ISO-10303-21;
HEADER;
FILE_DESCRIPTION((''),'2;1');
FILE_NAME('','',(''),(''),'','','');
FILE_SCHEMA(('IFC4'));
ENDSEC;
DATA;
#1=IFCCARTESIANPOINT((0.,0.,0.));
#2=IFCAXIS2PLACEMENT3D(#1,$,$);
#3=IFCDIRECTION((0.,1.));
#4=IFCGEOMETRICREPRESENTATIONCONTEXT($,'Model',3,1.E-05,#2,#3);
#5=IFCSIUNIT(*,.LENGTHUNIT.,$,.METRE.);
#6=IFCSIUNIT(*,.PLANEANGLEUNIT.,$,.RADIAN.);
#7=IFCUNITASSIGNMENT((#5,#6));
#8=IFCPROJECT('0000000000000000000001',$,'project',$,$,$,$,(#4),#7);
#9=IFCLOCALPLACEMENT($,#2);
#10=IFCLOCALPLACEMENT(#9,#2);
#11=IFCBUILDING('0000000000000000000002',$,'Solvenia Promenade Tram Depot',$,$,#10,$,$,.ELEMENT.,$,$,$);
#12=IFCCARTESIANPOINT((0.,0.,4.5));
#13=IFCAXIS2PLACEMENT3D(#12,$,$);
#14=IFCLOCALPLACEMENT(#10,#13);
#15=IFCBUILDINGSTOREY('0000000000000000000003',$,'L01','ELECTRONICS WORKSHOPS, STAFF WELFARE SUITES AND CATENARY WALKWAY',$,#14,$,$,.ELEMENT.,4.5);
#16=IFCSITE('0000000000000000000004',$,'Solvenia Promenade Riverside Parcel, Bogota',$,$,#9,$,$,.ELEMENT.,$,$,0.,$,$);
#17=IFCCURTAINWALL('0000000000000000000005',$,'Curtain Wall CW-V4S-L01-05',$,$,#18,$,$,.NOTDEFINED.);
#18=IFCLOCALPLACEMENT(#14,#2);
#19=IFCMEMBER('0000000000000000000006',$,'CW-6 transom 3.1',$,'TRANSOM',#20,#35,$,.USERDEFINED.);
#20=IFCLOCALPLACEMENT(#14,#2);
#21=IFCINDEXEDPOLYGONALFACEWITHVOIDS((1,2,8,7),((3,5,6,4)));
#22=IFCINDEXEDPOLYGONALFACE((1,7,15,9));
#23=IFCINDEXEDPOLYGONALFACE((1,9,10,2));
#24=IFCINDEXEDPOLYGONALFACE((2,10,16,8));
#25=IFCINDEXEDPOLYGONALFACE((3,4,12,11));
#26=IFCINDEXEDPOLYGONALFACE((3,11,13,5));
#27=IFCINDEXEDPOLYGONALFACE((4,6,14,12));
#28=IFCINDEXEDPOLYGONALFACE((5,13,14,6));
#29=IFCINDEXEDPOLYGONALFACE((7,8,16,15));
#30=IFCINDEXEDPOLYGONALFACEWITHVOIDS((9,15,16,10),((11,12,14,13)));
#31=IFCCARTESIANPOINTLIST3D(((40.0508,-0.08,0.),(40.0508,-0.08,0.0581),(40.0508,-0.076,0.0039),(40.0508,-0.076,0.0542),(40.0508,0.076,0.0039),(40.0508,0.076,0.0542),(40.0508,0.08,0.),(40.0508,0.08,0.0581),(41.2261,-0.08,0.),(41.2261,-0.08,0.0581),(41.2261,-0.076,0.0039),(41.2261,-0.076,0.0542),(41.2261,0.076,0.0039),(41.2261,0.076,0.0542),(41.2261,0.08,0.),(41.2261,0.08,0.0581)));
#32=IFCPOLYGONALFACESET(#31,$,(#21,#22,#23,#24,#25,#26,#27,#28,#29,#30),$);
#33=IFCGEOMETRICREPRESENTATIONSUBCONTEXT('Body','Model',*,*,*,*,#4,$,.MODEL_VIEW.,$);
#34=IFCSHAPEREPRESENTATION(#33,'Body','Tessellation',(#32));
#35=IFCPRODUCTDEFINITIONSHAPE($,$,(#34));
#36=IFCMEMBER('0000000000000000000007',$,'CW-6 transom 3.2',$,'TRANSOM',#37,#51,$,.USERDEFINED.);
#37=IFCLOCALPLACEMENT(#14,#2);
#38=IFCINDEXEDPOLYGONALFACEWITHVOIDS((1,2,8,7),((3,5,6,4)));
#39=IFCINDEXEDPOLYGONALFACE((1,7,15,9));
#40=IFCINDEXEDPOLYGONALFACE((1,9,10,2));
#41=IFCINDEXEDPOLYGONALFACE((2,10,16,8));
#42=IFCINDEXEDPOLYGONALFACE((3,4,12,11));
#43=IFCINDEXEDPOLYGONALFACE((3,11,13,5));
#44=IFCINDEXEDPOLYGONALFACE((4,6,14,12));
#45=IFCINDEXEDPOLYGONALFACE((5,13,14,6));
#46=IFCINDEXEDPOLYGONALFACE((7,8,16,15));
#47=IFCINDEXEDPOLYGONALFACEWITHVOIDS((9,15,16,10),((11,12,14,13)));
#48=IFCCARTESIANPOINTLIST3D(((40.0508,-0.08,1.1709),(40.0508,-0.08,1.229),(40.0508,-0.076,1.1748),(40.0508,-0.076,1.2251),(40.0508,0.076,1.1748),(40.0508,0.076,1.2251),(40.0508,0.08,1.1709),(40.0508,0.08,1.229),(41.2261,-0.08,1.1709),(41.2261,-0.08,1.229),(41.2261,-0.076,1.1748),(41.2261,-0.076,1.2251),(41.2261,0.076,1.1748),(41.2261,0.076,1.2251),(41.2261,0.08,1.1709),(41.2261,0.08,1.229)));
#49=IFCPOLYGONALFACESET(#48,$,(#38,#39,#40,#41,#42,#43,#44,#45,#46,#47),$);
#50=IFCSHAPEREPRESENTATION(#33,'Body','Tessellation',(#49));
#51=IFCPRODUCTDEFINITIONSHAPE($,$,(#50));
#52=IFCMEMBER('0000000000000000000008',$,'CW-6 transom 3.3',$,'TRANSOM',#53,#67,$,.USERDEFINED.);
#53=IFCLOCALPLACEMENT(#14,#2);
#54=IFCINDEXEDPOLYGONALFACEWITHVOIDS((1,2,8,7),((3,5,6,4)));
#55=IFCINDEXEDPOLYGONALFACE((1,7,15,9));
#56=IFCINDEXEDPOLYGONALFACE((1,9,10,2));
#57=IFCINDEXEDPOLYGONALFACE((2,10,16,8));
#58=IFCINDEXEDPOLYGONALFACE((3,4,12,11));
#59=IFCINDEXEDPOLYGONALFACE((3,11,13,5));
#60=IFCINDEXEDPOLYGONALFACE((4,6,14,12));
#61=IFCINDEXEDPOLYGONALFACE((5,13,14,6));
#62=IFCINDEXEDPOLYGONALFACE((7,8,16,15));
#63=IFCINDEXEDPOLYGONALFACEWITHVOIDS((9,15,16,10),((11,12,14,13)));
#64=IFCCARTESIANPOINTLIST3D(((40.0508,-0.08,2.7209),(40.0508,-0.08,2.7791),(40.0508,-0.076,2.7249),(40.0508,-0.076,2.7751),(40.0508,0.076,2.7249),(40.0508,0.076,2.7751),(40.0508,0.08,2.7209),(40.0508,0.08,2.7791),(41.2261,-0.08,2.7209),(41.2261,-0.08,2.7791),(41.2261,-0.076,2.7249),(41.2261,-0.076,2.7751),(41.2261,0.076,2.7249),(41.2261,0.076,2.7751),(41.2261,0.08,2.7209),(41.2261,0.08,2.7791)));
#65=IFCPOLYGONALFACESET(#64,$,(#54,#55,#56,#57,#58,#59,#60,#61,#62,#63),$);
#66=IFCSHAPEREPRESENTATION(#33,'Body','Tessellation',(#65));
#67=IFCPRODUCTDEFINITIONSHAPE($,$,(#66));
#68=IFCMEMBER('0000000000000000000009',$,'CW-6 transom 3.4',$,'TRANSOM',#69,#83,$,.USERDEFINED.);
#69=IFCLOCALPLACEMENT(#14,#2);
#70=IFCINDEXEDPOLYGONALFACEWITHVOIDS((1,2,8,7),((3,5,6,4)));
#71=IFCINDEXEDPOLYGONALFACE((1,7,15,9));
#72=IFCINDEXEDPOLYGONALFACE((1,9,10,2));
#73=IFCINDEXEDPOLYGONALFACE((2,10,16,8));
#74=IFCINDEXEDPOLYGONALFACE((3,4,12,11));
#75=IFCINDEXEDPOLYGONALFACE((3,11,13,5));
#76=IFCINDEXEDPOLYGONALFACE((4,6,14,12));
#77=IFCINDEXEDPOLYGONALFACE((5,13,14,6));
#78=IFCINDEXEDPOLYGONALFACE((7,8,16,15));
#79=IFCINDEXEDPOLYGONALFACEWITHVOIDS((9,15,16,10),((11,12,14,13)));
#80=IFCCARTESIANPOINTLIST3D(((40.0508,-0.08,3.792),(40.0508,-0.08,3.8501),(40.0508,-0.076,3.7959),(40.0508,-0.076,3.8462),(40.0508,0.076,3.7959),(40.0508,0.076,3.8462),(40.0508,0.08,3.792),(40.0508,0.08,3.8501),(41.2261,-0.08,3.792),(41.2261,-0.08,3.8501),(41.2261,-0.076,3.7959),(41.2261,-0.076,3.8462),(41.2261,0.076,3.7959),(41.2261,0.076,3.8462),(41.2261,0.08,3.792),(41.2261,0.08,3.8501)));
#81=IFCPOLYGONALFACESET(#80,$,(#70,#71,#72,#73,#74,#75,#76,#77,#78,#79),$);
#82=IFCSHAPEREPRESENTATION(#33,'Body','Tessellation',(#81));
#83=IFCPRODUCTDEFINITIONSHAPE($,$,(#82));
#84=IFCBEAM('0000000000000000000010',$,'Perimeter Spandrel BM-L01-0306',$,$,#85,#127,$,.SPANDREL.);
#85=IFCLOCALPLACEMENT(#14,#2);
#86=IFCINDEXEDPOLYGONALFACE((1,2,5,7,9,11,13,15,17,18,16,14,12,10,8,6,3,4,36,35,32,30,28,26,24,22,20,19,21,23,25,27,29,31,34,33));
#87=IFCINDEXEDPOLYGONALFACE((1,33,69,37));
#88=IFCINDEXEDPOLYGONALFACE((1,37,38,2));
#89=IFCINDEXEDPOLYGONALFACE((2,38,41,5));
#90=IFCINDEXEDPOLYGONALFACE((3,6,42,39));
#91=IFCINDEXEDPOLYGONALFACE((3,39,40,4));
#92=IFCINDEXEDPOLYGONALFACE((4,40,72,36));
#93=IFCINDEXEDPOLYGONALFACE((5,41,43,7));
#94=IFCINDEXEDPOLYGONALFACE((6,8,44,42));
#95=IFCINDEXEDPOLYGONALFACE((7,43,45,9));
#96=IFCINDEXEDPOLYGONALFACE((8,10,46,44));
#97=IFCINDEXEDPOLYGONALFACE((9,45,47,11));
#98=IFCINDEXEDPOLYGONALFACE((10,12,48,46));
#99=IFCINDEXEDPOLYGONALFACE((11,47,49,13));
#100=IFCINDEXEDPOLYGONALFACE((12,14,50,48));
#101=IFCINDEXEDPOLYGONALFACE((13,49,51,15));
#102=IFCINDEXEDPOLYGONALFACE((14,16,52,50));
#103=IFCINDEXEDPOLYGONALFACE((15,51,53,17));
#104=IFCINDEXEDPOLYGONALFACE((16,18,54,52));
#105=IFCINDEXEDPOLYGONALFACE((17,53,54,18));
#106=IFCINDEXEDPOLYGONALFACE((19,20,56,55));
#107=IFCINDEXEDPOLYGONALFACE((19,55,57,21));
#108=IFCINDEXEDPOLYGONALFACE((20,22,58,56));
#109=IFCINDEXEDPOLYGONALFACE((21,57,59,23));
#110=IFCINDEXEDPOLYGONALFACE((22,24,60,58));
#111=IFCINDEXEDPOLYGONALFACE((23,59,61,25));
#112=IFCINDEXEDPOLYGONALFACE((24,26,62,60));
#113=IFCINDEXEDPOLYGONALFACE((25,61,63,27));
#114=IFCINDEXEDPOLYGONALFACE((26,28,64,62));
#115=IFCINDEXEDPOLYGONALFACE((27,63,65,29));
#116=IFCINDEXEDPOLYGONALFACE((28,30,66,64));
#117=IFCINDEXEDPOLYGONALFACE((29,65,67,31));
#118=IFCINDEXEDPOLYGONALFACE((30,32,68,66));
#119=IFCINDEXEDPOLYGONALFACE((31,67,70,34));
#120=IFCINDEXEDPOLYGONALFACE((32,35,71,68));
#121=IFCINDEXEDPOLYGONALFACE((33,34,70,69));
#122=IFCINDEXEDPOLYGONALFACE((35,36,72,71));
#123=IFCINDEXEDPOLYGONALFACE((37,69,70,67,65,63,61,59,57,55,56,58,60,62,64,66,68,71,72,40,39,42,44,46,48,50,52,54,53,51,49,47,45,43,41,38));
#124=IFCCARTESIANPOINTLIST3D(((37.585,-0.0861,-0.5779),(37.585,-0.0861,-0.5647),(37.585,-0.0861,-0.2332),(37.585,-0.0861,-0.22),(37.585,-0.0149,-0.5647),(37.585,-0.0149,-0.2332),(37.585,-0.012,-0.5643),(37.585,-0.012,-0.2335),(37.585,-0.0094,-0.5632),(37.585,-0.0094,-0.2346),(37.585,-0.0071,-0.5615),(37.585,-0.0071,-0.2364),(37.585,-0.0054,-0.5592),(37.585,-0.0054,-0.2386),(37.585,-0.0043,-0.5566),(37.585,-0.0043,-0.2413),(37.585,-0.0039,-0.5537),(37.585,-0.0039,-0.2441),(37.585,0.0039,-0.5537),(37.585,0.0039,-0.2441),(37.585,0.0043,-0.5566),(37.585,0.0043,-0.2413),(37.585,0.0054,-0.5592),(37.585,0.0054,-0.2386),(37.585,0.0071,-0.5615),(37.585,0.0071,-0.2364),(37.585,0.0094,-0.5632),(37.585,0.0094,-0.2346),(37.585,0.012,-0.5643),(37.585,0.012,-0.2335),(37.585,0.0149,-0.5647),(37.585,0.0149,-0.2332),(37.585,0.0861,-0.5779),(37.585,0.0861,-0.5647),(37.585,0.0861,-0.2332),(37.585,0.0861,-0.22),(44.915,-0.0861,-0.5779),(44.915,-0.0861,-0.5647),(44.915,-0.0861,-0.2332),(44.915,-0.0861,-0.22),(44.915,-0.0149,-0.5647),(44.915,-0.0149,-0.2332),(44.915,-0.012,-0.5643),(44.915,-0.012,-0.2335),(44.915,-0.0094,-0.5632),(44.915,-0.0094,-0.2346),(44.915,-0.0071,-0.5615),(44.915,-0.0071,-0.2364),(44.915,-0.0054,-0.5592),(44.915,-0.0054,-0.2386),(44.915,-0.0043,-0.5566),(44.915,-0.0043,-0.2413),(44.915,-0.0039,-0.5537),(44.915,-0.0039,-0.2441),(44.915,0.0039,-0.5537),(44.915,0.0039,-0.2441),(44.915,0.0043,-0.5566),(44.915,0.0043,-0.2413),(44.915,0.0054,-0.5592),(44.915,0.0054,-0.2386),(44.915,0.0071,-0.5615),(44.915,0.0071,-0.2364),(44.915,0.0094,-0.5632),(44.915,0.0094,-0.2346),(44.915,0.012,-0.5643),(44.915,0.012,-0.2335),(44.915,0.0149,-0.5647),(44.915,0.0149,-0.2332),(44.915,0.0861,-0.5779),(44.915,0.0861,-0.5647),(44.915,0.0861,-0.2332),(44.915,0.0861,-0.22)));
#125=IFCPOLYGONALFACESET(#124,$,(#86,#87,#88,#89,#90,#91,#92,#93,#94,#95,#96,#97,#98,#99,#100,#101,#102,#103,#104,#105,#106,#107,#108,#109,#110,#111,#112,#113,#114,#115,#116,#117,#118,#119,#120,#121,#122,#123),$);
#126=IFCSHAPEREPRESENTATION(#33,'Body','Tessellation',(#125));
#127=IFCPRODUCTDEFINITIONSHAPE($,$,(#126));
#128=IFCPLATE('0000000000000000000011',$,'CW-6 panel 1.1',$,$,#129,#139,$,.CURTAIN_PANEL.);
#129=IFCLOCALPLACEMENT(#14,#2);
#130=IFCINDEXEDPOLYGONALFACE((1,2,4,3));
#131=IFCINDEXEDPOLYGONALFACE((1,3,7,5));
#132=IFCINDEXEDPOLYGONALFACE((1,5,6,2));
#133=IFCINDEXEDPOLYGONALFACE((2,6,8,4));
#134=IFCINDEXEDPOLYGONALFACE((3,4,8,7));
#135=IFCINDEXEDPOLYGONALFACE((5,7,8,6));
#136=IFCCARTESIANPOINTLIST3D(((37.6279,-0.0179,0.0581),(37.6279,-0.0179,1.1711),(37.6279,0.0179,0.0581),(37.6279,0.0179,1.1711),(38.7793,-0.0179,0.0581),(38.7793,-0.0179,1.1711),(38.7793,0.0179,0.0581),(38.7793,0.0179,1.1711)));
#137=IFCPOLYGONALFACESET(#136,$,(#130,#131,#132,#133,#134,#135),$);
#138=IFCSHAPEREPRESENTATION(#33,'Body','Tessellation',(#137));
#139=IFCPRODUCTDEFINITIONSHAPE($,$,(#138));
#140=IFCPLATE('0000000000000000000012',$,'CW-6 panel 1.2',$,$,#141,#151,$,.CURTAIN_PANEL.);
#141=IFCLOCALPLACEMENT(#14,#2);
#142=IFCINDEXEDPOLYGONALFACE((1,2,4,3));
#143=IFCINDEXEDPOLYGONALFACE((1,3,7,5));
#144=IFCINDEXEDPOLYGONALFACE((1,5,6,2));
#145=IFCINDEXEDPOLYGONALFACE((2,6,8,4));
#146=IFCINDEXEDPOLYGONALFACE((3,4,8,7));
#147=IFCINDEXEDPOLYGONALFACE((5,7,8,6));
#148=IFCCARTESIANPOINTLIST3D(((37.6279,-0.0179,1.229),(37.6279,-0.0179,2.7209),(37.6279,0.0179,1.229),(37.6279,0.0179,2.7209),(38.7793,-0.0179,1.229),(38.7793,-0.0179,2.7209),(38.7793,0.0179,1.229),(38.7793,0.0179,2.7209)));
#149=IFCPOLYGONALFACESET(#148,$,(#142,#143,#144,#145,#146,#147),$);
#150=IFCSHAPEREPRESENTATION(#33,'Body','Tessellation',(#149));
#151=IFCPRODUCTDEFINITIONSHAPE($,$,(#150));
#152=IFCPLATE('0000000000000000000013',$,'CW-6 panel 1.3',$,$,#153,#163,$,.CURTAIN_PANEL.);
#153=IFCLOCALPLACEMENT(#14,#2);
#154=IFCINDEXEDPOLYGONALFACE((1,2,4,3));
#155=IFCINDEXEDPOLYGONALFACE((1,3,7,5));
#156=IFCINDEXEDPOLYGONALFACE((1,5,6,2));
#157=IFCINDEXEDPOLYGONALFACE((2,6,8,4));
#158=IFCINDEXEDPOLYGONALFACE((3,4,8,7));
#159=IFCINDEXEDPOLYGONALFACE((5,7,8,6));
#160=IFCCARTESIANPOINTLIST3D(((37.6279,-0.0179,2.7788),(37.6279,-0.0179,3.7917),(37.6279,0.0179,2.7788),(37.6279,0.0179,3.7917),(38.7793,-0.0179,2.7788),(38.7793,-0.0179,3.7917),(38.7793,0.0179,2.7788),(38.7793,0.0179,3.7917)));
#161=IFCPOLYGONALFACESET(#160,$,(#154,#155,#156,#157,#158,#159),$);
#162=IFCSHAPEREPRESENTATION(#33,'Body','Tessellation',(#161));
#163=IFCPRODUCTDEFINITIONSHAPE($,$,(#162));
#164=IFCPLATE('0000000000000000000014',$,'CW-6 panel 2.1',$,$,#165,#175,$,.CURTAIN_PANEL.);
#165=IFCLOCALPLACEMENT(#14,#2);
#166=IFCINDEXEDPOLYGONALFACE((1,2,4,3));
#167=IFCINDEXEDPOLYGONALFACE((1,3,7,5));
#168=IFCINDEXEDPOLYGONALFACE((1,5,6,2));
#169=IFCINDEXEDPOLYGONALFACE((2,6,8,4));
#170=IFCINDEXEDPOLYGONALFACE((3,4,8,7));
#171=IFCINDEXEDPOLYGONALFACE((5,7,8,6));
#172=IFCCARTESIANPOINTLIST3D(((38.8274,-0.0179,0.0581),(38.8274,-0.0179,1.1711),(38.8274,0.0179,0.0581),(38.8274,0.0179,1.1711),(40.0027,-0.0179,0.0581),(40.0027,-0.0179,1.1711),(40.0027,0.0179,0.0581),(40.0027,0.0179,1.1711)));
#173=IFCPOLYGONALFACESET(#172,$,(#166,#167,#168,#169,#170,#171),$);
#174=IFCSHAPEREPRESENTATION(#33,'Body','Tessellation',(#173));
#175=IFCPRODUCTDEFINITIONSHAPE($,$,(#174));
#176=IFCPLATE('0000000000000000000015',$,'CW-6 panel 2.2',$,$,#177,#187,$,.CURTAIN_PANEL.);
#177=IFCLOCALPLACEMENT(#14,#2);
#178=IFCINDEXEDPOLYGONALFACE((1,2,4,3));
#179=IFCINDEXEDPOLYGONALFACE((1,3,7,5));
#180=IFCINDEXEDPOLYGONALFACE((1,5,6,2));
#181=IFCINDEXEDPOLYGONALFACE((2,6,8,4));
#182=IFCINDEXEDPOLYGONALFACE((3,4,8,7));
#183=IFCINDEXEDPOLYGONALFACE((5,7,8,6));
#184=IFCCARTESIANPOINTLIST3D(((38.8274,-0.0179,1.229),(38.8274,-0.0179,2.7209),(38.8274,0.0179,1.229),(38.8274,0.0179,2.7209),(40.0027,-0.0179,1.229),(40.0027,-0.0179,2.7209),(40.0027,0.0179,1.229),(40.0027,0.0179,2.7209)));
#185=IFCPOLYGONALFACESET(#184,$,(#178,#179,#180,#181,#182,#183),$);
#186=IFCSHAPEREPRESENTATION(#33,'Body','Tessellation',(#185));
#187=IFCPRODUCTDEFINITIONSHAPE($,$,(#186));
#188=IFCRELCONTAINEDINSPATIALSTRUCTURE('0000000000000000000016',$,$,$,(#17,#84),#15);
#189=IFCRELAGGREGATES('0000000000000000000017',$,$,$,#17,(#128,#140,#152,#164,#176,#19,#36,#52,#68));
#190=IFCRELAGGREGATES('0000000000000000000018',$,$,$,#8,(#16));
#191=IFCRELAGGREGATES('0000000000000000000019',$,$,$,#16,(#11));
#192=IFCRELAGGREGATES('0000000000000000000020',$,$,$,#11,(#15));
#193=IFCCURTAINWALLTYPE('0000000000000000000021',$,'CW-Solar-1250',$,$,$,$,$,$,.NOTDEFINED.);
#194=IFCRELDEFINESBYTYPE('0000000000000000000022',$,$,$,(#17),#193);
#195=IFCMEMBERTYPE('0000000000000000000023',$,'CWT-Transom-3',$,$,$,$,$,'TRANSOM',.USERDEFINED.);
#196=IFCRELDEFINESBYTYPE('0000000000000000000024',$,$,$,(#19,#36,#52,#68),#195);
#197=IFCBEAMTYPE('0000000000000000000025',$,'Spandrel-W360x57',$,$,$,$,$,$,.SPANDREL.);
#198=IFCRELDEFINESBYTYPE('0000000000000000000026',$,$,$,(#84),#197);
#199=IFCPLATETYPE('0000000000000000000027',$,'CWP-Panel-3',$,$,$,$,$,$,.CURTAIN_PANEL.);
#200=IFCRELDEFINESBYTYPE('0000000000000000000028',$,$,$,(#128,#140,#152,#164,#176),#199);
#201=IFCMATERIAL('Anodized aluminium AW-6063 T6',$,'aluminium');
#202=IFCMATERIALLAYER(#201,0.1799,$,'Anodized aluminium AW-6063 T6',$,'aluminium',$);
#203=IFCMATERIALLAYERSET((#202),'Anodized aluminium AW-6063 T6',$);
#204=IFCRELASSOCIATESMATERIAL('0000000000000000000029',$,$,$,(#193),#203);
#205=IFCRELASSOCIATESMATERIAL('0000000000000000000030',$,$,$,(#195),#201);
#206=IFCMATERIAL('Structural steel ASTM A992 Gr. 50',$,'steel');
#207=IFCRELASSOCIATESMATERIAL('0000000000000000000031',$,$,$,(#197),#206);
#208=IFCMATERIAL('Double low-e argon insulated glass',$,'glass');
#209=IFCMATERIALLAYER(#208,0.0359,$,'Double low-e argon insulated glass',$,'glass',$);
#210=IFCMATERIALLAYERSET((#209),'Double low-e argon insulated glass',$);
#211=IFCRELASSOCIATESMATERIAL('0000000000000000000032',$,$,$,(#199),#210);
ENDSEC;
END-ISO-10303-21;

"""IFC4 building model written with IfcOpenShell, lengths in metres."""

from ifc_helpers import new_model, si_unit, direction, frame, origin, origin_2d, place, context, subcontext, project, spatial, rectangle, hollow_rectangle, i_section, extrude, material, layer, layer_set, material_profile, profile_set, type_object, element, aggregate, save


model = new_model("IFC4")

# Units and contexts
model_context = context("Model", 3, precision=1e-05, world=origin(), true_north=direction((0.0, 1.0)))
body_context = subcontext(model_context, "Body", "Model", "MODEL_VIEW")
ifc_project = project(units=[si_unit("LENGTHUNIT", "METRE"), si_unit("PLANEANGLEUNIT", "RADIAN")], contexts=[model_context])

# Site, building, storey
site_placement = place(None, origin())
site = spatial("IfcSite", under=ifc_project, at=site_placement, Name="Solvenia Promenade Riverside Parcel, Bogota", CompositionType="ELEMENT", RefElevation=0.0)
building_placement = place(site_placement, origin())
building = spatial("IfcBuilding", under=site, at=building_placement, Name="Solvenia Promenade Tram Depot", CompositionType="ELEMENT")
storey_placement = place(building_placement, frame((0.0, 0.0, 4.5)))
storey = spatial("IfcBuildingStorey", under=building, at=storey_placement, Name="L01", Description="ELECTRONICS WORKSHOPS, STAFF WELFARE SUITES AND CATENARY WALKWAY", CompositionType="ELEMENT", Elevation=4.5)

# Curtain wall, members
ifc_material_1 = material(Name="Anodized aluminium AW-6063 T6", Category="aluminium")
ifc_layer_1 = layer(ifc_material_1, 0.1799, Name="Anodized aluminium AW-6063 T6", Category="aluminium")
ifc_layer_set_1 = layer_set([ifc_layer_1], Name="Anodized aluminium AW-6063 T6")
curtain_wall_type = type_object("IfcCurtainWallType", Name="CW-Solar-1250", PredefinedType="NOTDEFINED", material=ifc_layer_set_1)
curtain_wall_placement = place(storey_placement, origin())
curtain_wall = element("IfcCurtainWall", 1, at=curtain_wall_placement, inside=storey, type_object=curtain_wall_type, Name="Curtain Wall CW-V4S-L01-05", PredefinedType="NOTDEFINED")
ifc_material_profile_1 = material_profile(ifc_material_1, hollow_rectangle(XDim=0.1599, YDim=0.0581, WallThickness=0.0039, at=origin_2d()), Name="ALU-T3", Category="aluminium")
ifc_profile_set_1 = profile_set([ifc_material_profile_1], Name="Anodized aluminium AW-6063 T6")
member_type_1 = type_object("IfcMemberType", Name="CWT-Transom-3", ElementType="TRANSOM", PredefinedType="USERDEFINED", material=ifc_profile_set_1)
member_1_placement = place(storey_placement, frame((40.0508, 0.0, 0.0291), z_axis=(1.0, 0.0, 0.0), x_axis=(0.0, 1.0, 0.0)))
member_1 = element("IfcMember", 2, at=member_1_placement, type_object=member_type_1, Name="CW-6 transom 3.1", ObjectType="TRANSOM", PredefinedType="USERDEFINED", context=body_context, shape_type="SweptSolid", body=[
    extrude(hollow_rectangle(XDim=0.1599, YDim=0.0581, WallThickness=0.0039, at=origin_2d()), origin(), (0.0, 0.0, 1.0), 1.1753),
])
member_2_placement = place(storey_placement, frame((40.0508, 0.0, 1.2), z_axis=(1.0, 0.0, 0.0), x_axis=(0.0, 1.0, 0.0)))
member_2 = element("IfcMember", 3, at=member_2_placement, type_object=member_type_1, Name="CW-6 transom 3.2", ObjectType="TRANSOM", PredefinedType="USERDEFINED", context=body_context, shape_type="SweptSolid", body=[
    extrude(hollow_rectangle(XDim=0.1599, YDim=0.0581, WallThickness=0.0039, at=origin_2d()), origin(), (0.0, 0.0, 1.0), 1.1753),
])
member_3_placement = place(storey_placement, frame((40.0508, 0.0, 2.75), z_axis=(1.0, 0.0, 0.0), x_axis=(0.0, 1.0, 0.0)))
member_3 = element("IfcMember", 4, at=member_3_placement, type_object=member_type_1, Name="CW-6 transom 3.3", ObjectType="TRANSOM", PredefinedType="USERDEFINED", context=body_context, shape_type="SweptSolid", body=[
    extrude(hollow_rectangle(XDim=0.1599, YDim=0.0581, WallThickness=0.0039, at=origin_2d()), origin(), (0.0, 0.0, 1.0), 1.1753),
])
member_4_placement = place(storey_placement, frame((40.0508, 0.0, 3.821), z_axis=(1.0, 0.0, 0.0), x_axis=(0.0, 1.0, 0.0)))
member_4 = element("IfcMember", 5, at=member_4_placement, type_object=member_type_1, Name="CW-6 transom 3.4", ObjectType="TRANSOM", PredefinedType="USERDEFINED", context=body_context, shape_type="SweptSolid", body=[
    extrude(hollow_rectangle(XDim=0.1599, YDim=0.0581, WallThickness=0.0039, at=origin_2d()), origin(), (0.0, 0.0, 1.0), 1.1753),
])

# Beam
ifc_material_2 = material(Name="Structural steel ASTM A992 Gr. 50", Category="steel")
ifc_material_profile_2 = material_profile(ifc_material_2, i_section(OverallWidth=0.1721, OverallDepth=0.3579, WebThickness=0.0078, FlangeThickness=0.0132, FilletRadius=0.011, at=origin_2d()), Name="W360x57", Category="steel")
ifc_profile_set_2 = profile_set([ifc_material_profile_2], Name="Structural steel ASTM A992 Gr. 50")
beam_type = type_object("IfcBeamType", Name="Spandrel-W360x57", PredefinedType="SPANDREL", material=ifc_profile_set_2)
beam_placement = place(storey_placement, frame((37.585, 0.0, -0.3989), z_axis=(1.0, 0.0, 0.0), x_axis=(0.0, 1.0, 0.0)))
element("IfcBeam", 6, at=beam_placement, inside=storey, type_object=beam_type, Name="Perimeter Spandrel BM-L01-0306", PredefinedType="SPANDREL", context=body_context, shape_type="SweptSolid", body=[
    extrude(i_section(OverallWidth=0.1721, OverallDepth=0.3579, WebThickness=0.0078, FlangeThickness=0.0132, FilletRadius=0.011, at=origin_2d()), origin(), (0.0, 0.0, 1.0), 7.3301),
])

# Plates
ifc_material_3 = material(Name="Double low-e argon insulated glass", Category="glass")
ifc_layer_2 = layer(ifc_material_3, 0.0359, Name="Double low-e argon insulated glass", Category="glass")
ifc_layer_set_2 = layer_set([ifc_layer_2], Name="Double low-e argon insulated glass")
plate_type = type_object("IfcPlateType", Name="CWP-Panel-3", PredefinedType="CURTAIN_PANEL", material=ifc_layer_set_2)
plate_1_placement = place(storey_placement, frame((38.2036, 0.0, 0.0581), z_axis=(0.0, 0.0, 1.0), x_axis=(1.0, 0.0, 0.0)))
plate_1 = element("IfcPlate", 7, at=plate_1_placement, type_object=plate_type, Name="CW-6 panel 1.1", PredefinedType="CURTAIN_PANEL", context=body_context, shape_type="SweptSolid", body=[
    extrude(rectangle(XDim=1.1514, YDim=0.0359, at=origin_2d()), origin(), (0.0, 0.0, 1.0), 1.113),
])
plate_2_placement = place(storey_placement, frame((38.2036, 0.0, 1.229), z_axis=(0.0, 0.0, 1.0), x_axis=(1.0, 0.0, 0.0)))
plate_2 = element("IfcPlate", 8, at=plate_2_placement, type_object=plate_type, Name="CW-6 panel 1.2", PredefinedType="CURTAIN_PANEL", context=body_context, shape_type="SweptSolid", body=[
    extrude(rectangle(XDim=1.1514, YDim=0.0359, at=origin_2d()), origin(), (0.0, 0.0, 1.0), 1.4919),
])
plate_3_placement = place(storey_placement, frame((38.2036, 0.0, 2.7788), z_axis=(0.0, 0.0, 1.0), x_axis=(1.0, 0.0, 0.0)))
plate_3 = element("IfcPlate", 9, at=plate_3_placement, type_object=plate_type, Name="CW-6 panel 1.3", PredefinedType="CURTAIN_PANEL", context=body_context, shape_type="SweptSolid", body=[
    extrude(rectangle(XDim=1.1514, YDim=0.0359, at=origin_2d()), origin(), (0.0, 0.0, 1.0), 1.0129),
])
plate_4_placement = place(storey_placement, frame((39.415, 0.0, 0.0581), z_axis=(0.0, 0.0, 1.0), x_axis=(1.0, 0.0, 0.0)))
plate_4 = element("IfcPlate", 10, at=plate_4_placement, type_object=plate_type, Name="CW-6 panel 2.1", PredefinedType="CURTAIN_PANEL", context=body_context, shape_type="SweptSolid", body=[
    extrude(rectangle(XDim=1.1753, YDim=0.0359, at=origin_2d()), origin(), (0.0, 0.0, 1.0), 1.113),
])
plate_5_placement = place(storey_placement, frame((39.415, 0.0, 1.229), z_axis=(0.0, 0.0, 1.0), x_axis=(1.0, 0.0, 0.0)))
plate_5 = element("IfcPlate", 11, at=plate_5_placement, type_object=plate_type, Name="CW-6 panel 2.2", PredefinedType="CURTAIN_PANEL", context=body_context, shape_type="SweptSolid", body=[
    extrude(rectangle(XDim=1.1753, YDim=0.0359, at=origin_2d()), origin(), (0.0, 0.0, 1.0), 1.4919),
])
aggregate(curtain_wall, [plate_1, plate_2, plate_3, plate_4, plate_5, member_1, member_2, member_3, member_4])

save(model, "model.ifc")
